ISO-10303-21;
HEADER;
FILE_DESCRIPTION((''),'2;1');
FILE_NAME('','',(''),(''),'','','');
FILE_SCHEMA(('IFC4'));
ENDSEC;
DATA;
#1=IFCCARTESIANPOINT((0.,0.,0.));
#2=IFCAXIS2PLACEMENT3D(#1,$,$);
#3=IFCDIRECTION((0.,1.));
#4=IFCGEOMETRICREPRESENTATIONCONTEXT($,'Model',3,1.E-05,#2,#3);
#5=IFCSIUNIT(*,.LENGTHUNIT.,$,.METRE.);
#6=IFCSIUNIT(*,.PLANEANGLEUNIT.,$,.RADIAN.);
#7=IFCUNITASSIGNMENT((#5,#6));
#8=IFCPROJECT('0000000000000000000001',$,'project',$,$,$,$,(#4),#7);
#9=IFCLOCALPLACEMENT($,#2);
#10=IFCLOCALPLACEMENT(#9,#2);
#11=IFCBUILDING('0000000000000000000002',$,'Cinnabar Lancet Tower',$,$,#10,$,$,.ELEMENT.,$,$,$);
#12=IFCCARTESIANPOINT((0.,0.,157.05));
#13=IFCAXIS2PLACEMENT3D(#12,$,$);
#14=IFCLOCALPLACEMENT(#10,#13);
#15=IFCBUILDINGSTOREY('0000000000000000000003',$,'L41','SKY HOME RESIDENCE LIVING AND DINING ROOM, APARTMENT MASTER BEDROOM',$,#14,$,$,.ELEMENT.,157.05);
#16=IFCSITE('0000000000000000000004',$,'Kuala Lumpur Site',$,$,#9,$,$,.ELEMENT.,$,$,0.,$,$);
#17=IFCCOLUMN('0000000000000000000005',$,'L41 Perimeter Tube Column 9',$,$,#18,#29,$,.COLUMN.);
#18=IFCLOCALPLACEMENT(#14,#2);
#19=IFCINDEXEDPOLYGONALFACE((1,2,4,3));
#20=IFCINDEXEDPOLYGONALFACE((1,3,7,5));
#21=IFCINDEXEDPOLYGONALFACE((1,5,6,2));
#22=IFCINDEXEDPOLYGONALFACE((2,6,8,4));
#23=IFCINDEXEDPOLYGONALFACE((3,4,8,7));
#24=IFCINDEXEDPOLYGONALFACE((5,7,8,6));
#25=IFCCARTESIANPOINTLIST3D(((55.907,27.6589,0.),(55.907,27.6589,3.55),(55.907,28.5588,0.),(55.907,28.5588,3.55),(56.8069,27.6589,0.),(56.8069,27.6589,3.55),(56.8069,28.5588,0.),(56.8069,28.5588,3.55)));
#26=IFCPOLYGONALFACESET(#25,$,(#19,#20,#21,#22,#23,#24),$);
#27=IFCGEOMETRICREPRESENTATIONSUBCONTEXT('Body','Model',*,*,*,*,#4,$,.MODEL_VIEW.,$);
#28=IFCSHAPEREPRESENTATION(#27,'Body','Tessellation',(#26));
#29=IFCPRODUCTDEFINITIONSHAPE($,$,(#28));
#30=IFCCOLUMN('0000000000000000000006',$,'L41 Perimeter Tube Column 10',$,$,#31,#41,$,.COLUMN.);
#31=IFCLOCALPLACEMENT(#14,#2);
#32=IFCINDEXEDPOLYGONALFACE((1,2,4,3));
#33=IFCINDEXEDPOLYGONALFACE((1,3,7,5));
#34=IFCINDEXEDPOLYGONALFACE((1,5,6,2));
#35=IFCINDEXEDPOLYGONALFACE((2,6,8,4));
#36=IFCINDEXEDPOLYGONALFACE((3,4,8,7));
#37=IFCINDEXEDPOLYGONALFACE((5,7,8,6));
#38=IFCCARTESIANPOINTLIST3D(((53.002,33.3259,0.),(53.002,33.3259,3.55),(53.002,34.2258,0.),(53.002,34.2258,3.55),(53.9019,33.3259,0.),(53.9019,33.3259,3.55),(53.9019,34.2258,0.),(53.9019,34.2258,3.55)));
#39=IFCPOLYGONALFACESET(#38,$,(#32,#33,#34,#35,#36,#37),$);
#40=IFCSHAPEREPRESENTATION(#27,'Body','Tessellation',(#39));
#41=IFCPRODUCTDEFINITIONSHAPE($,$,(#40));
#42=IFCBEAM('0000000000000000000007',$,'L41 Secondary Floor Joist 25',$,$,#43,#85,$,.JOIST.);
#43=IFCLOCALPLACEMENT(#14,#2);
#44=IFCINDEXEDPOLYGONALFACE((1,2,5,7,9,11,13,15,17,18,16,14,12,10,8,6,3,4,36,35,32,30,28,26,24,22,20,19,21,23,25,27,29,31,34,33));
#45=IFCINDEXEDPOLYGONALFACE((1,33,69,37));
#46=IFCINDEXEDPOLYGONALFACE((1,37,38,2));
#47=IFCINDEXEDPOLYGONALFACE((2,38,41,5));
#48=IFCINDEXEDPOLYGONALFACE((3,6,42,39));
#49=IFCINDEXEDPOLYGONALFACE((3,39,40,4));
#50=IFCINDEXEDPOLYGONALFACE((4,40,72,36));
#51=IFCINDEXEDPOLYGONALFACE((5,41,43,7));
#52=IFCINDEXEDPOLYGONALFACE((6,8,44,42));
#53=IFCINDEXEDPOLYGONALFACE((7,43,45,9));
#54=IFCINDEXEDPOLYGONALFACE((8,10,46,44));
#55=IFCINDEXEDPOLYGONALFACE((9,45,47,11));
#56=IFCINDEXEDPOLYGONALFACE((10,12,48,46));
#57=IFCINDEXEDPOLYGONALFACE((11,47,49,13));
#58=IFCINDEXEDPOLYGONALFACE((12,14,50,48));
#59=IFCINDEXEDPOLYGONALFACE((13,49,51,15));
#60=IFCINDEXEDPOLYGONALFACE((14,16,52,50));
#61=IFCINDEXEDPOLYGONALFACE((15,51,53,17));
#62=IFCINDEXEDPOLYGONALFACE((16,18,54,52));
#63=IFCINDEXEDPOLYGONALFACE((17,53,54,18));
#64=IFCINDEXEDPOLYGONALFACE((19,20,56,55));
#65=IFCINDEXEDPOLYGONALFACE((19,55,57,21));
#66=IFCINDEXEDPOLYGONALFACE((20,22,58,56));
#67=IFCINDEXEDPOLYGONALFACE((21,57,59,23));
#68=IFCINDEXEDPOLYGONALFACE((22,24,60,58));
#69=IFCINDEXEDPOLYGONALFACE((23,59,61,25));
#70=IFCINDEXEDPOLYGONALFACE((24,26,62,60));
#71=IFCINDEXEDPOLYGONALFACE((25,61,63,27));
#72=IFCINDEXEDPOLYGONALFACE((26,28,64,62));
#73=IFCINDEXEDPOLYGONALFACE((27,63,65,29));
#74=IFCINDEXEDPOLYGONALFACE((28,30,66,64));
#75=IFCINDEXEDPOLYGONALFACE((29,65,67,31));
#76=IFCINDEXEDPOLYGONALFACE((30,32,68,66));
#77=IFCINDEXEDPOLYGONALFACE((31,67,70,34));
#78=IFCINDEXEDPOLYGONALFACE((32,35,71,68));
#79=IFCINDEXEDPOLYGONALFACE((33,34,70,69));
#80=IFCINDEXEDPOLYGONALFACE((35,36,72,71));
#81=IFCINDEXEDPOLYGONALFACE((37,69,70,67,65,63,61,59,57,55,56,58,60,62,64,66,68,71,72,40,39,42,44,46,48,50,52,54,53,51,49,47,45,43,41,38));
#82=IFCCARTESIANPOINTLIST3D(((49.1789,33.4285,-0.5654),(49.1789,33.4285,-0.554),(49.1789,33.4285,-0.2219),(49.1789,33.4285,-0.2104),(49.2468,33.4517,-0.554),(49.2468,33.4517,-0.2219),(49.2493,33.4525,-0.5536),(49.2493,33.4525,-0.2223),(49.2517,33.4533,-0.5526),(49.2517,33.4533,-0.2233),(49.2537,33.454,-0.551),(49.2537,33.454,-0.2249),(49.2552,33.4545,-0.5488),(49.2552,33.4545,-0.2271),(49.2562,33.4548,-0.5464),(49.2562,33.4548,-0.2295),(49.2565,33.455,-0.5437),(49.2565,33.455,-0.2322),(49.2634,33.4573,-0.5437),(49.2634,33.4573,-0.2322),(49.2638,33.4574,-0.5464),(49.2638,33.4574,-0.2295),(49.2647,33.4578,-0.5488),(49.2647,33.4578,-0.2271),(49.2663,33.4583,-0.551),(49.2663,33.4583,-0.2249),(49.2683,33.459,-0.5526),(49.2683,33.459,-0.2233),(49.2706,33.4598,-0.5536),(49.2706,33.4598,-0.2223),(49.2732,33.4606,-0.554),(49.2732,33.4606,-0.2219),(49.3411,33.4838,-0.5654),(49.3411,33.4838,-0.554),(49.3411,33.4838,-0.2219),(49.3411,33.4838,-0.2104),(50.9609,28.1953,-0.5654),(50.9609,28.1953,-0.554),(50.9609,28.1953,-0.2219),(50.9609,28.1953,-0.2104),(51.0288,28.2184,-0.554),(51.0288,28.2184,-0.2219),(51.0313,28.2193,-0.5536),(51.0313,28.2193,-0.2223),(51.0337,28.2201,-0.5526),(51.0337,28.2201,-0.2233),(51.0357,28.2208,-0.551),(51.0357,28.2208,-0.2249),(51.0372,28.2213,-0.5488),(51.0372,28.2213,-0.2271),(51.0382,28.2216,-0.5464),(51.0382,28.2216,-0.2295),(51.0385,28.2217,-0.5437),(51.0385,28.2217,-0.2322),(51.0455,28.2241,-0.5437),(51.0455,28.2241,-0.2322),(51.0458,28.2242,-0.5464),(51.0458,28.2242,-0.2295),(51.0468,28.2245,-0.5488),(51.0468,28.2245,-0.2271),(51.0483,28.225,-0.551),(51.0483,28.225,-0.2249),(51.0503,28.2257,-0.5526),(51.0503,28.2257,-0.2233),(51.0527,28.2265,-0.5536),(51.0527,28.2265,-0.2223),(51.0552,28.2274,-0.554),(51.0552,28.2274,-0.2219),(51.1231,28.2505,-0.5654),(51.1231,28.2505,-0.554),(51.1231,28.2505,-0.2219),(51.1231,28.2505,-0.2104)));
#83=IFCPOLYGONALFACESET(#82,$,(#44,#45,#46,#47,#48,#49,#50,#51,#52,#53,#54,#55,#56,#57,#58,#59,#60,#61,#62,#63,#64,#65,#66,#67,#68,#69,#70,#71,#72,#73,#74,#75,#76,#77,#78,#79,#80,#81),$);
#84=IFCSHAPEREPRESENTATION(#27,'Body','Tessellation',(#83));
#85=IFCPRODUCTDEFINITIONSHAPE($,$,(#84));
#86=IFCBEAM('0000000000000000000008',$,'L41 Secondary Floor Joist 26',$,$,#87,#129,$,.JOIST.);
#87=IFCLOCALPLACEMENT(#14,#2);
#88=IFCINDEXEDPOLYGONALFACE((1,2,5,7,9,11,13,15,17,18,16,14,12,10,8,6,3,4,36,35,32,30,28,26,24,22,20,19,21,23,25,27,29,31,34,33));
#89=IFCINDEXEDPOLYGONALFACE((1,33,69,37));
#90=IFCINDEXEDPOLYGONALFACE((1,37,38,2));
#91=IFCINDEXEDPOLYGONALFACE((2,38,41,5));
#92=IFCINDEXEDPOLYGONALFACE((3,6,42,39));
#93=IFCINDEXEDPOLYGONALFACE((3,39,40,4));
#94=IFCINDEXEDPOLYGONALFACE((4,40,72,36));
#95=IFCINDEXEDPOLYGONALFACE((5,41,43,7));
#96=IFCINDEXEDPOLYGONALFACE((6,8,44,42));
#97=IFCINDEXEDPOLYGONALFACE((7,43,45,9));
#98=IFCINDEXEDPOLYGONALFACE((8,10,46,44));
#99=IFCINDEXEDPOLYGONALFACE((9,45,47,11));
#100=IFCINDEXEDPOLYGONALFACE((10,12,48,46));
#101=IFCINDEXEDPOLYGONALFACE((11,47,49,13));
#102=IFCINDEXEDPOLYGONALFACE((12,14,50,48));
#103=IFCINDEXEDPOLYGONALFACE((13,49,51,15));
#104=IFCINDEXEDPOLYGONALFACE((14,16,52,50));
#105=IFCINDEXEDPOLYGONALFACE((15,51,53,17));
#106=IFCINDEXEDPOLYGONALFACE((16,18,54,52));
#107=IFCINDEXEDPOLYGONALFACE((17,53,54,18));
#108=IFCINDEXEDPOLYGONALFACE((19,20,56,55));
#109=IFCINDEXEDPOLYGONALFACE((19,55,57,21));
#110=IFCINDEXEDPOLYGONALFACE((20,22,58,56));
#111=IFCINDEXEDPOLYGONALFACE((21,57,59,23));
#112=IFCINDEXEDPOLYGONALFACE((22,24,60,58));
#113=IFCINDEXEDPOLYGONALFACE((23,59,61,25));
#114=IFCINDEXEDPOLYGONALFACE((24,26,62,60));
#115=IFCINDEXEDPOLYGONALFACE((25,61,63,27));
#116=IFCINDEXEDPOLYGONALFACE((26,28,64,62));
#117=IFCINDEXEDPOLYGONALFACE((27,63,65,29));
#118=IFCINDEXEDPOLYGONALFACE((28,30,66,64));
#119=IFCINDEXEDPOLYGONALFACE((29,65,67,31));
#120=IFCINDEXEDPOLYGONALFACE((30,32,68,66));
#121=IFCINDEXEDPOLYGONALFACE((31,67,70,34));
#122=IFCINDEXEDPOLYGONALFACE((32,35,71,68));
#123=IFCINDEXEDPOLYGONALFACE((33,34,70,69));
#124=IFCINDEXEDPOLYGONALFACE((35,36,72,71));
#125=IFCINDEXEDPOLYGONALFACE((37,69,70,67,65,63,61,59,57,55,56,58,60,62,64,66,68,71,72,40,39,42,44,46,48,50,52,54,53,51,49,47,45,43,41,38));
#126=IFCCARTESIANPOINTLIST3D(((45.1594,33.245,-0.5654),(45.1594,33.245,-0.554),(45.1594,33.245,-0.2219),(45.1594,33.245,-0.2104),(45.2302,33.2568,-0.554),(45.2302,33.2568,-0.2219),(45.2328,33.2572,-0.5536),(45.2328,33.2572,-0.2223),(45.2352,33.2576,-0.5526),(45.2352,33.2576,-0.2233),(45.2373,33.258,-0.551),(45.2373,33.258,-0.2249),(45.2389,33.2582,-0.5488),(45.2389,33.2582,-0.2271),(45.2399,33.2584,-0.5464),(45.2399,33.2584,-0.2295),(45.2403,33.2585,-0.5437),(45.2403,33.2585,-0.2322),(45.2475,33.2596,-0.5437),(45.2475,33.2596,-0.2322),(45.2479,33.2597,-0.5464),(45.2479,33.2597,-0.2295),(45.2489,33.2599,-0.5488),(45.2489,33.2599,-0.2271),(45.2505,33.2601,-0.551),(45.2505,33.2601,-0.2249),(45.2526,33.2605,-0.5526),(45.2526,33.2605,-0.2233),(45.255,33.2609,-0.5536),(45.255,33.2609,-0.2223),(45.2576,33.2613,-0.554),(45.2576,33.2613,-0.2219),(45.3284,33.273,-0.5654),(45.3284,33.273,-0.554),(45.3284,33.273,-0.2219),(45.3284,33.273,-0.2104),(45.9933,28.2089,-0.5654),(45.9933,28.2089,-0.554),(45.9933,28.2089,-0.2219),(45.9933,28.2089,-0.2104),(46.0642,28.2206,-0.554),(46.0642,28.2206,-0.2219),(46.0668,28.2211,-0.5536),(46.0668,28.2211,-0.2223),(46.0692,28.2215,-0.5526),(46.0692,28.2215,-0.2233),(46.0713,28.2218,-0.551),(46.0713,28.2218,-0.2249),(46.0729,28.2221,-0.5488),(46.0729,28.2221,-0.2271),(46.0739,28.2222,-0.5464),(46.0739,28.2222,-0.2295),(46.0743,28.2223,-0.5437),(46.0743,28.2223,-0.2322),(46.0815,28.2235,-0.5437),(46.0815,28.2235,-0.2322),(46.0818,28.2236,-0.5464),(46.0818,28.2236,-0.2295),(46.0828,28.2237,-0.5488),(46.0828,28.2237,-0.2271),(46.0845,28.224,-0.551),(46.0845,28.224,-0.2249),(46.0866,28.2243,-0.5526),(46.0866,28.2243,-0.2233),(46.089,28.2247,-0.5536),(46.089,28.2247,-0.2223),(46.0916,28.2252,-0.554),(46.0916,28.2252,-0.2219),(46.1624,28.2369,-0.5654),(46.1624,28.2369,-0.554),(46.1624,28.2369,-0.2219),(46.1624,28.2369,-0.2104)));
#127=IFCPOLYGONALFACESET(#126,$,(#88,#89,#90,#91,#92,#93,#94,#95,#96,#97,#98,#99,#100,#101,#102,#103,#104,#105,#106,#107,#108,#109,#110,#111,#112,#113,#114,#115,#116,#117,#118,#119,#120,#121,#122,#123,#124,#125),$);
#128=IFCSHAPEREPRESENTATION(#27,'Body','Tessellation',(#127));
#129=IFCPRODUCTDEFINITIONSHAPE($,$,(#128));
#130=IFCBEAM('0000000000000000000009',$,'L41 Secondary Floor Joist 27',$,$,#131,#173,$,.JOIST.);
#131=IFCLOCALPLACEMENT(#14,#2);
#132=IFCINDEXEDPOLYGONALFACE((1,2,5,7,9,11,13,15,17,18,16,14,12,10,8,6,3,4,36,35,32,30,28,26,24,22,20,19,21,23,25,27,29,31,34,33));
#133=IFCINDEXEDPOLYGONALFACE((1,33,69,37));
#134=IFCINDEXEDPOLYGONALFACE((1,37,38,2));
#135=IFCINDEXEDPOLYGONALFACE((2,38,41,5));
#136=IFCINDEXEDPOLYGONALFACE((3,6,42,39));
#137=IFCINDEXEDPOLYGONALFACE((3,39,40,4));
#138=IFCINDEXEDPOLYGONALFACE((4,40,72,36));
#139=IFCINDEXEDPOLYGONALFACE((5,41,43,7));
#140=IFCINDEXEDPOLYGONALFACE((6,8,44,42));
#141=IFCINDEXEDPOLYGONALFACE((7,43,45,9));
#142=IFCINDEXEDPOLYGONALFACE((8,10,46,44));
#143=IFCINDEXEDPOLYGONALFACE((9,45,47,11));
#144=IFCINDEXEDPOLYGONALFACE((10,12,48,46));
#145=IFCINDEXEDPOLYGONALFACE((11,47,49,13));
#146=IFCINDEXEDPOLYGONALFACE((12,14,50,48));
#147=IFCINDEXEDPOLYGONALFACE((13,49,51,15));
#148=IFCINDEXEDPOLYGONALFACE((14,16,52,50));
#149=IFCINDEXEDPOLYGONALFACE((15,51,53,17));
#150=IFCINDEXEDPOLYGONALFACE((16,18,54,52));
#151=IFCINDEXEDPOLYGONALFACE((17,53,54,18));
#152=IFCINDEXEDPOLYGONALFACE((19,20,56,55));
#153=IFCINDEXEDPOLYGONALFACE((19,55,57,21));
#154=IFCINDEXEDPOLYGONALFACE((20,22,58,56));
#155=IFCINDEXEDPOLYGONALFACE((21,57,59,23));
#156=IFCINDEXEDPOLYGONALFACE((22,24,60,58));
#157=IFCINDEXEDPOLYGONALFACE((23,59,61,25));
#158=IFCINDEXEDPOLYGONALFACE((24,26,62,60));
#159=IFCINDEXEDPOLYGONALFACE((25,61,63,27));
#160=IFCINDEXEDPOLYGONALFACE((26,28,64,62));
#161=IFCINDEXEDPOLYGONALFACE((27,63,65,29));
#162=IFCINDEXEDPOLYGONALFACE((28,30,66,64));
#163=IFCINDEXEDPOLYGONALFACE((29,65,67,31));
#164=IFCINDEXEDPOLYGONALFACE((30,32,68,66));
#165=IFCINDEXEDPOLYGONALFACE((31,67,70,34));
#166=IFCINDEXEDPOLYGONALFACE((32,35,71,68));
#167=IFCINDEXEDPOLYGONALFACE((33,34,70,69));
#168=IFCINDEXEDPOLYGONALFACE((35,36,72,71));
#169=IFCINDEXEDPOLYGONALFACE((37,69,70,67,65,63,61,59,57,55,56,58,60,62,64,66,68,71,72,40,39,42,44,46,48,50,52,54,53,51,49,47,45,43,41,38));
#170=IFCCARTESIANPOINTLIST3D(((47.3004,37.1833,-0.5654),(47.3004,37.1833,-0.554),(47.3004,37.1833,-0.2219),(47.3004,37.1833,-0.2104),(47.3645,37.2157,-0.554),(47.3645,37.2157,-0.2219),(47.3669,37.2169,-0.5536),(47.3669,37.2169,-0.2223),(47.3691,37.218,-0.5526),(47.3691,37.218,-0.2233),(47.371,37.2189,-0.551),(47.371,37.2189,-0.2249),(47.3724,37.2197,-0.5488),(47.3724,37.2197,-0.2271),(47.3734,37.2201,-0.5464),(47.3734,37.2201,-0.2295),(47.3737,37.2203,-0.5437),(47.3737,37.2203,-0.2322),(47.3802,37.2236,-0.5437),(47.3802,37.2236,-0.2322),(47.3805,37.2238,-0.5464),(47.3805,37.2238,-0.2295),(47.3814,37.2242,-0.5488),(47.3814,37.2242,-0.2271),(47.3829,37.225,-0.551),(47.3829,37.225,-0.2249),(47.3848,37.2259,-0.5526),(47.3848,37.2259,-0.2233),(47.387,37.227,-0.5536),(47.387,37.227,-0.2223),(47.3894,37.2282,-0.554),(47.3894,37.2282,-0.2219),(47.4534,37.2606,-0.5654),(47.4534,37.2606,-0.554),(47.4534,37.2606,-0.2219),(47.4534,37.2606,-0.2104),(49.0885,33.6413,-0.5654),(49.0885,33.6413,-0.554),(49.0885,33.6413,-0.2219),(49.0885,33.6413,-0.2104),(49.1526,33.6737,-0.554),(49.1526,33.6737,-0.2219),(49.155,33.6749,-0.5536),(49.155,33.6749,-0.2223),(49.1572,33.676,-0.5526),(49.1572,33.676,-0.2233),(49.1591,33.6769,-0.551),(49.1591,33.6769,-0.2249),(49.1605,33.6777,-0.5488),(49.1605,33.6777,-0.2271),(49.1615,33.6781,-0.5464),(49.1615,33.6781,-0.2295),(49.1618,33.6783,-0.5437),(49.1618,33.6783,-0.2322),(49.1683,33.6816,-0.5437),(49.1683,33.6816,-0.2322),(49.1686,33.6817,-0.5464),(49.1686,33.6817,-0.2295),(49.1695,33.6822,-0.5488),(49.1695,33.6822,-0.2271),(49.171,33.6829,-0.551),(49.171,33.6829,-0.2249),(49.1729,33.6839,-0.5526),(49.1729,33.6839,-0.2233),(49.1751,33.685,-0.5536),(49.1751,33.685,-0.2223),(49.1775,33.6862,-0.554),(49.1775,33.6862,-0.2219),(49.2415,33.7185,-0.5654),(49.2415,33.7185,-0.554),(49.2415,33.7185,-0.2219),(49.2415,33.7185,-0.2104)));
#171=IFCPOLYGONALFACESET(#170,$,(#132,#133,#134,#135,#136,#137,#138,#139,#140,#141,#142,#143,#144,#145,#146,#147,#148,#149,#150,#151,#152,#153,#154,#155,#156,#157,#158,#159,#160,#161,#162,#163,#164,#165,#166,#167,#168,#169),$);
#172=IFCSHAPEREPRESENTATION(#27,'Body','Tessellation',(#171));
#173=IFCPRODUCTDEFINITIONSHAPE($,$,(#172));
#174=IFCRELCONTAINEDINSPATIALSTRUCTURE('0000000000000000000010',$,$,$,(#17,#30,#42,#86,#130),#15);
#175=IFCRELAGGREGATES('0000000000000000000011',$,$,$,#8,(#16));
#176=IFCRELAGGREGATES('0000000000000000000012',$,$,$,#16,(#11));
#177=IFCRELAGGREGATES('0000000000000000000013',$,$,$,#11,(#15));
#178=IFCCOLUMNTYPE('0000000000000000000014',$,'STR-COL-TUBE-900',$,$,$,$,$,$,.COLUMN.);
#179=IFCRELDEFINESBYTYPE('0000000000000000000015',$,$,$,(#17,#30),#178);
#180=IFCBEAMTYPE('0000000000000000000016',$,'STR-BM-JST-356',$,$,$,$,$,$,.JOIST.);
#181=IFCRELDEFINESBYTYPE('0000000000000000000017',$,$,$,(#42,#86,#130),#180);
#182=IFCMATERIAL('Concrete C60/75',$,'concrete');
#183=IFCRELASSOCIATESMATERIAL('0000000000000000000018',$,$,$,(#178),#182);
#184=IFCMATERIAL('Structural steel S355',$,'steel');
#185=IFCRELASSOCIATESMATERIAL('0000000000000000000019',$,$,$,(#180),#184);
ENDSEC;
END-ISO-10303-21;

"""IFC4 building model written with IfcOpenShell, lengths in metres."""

from ifc_helpers import new_model, si_unit, direction, frame, origin, origin_2d, place, context, subcontext, project, spatial, rectangle, i_section, extrude, material, material_profile, profile_set, type_object, element, save


model = new_model("IFC4")

# Units and contexts
model_context = context("Model", 3, precision=1e-05, world=origin(), true_north=direction((0.0, 1.0)))
body_context = subcontext(model_context, "Body", "Model", "MODEL_VIEW")
ifc_project = project(units=[si_unit("LENGTHUNIT", "METRE"), si_unit("PLANEANGLEUNIT", "RADIAN")], contexts=[model_context])

# Site, building, storey
site_placement = place(None, origin())
site = spatial("IfcSite", under=ifc_project, at=site_placement, Name="Kuala Lumpur Site", CompositionType="ELEMENT", RefElevation=0.0)
building_placement = place(site_placement, origin())
building = spatial("IfcBuilding", under=site, at=building_placement, Name="Cinnabar Lancet Tower", CompositionType="ELEMENT")
storey_placement = place(building_placement, frame((0.0, 0.0, 157.05)))
storey = spatial("IfcBuildingStorey", under=building, at=storey_placement, Name="L41", Description="SKY HOME RESIDENCE LIVING AND DINING ROOM, APARTMENT MASTER BEDROOM", CompositionType="ELEMENT", Elevation=157.05)

# Columns
ifc_material_1 = material(Name="Concrete C60/75", Category="concrete")
ifc_material_profile_1 = material_profile(ifc_material_1, rectangle(XDim=0.8999, YDim=0.8999, at=origin_2d()), Name="RC-COL 900x900")
ifc_profile_set_1 = profile_set([ifc_material_profile_1], Name="Concrete C60/75")
column_type = type_object("IfcColumnType", Name="STR-COL-TUBE-900", PredefinedType="COLUMN", material=ifc_profile_set_1)
for number, where, z_axis, x_axis, name in (
    (1, (56.3569, 28.1089, 0.0), (0.0, 0.0, 1.0), (1.0, 0.0, 0.0), "L41 Perimeter Tube Column 9"),
    (2, (53.4519, 33.7759, 0.0), (0.0, 0.0, 1.0), (1.0, 0.0, 0.0), "L41 Perimeter Tube Column 10"),
):
    element("IfcColumn", number, at=place(storey_placement, frame(where, z_axis=z_axis, x_axis=x_axis)), inside=storey, type_object=column_type, Name=name, PredefinedType="COLUMN", context=body_context, shape_type="SweptSolid", body=[
        extrude(rectangle(XDim=0.8999, YDim=0.8999, at=origin_2d()), origin(), (0.0, 0.0, 1.0), 3.55),
    ])

# Beams
ifc_material_2 = material(Name="Structural steel S355", Category="steel")
ifc_material_profile_2 = material_profile(ifc_material_2, i_section(OverallWidth=0.1714, OverallDepth=0.355, WebThickness=0.0073, FlangeThickness=0.0115, FilletRadius=0.0103, at=origin_2d()), Name="UKB 356x171x51")
ifc_profile_set_2 = profile_set([ifc_material_profile_2], Name="Structural steel S355")
beam_type_1 = type_object("IfcBeamType", Name="STR-BM-JST-356", PredefinedType="JOIST", material=ifc_profile_set_2)
beam_1_placement = place(storey_placement, frame((51.042, 28.2229, -0.3879), z_axis=(-0.322342, 0.946623, 0.0), x_axis=(-0.946623, -0.322342, 0.0)))
element("IfcBeam", 3, at=beam_1_placement, inside=storey, type_object=beam_type_1, Name="L41 Secondary Floor Joist 25", PredefinedType="JOIST", context=body_context, shape_type="SweptSolid", body=[
    extrude(i_section(OverallWidth=0.1714, OverallDepth=0.355, WebThickness=0.0073, FlangeThickness=0.0115, FilletRadius=0.0103, at=origin_2d()), origin(), (0.0, 0.0, 1.0), 5.5283),
])
beam_2_placement = place(storey_placement, frame((46.0779, 28.2229, -0.3879), z_axis=(-0.163375, 0.986564, 0.0), x_axis=(-0.986564, -0.163375, 0.0)))
element("IfcBeam", 4, at=beam_2_placement, inside=storey, type_object=beam_type_1, Name="L41 Secondary Floor Joist 26", PredefinedType="JOIST", context=body_context, shape_type="SweptSolid", body=[
    extrude(i_section(OverallWidth=0.1714, OverallDepth=0.355, WebThickness=0.0073, FlangeThickness=0.0115, FilletRadius=0.0103, at=origin_2d()), origin(), (0.0, 0.0, 1.0), 5.1047),
])
beam_3_placement = place(storey_placement, frame((49.165, 33.6799, -0.3879), z_axis=(-0.450656, 0.892698, 0.0), x_axis=(-0.892698, -0.450656, 0.0)))
element("IfcBeam", 5, at=beam_3_placement, inside=storey, type_object=beam_type_1, Name="L41 Secondary Floor Joist 27", PredefinedType="JOIST", context=body_context, shape_type="SweptSolid", body=[
    extrude(i_section(OverallWidth=0.1714, OverallDepth=0.355, WebThickness=0.0073, FlangeThickness=0.0115, FilletRadius=0.0103, at=origin_2d()), origin(), (0.0, 0.0, 1.0), 3.9678),
])

save(model, "model.ifc")
